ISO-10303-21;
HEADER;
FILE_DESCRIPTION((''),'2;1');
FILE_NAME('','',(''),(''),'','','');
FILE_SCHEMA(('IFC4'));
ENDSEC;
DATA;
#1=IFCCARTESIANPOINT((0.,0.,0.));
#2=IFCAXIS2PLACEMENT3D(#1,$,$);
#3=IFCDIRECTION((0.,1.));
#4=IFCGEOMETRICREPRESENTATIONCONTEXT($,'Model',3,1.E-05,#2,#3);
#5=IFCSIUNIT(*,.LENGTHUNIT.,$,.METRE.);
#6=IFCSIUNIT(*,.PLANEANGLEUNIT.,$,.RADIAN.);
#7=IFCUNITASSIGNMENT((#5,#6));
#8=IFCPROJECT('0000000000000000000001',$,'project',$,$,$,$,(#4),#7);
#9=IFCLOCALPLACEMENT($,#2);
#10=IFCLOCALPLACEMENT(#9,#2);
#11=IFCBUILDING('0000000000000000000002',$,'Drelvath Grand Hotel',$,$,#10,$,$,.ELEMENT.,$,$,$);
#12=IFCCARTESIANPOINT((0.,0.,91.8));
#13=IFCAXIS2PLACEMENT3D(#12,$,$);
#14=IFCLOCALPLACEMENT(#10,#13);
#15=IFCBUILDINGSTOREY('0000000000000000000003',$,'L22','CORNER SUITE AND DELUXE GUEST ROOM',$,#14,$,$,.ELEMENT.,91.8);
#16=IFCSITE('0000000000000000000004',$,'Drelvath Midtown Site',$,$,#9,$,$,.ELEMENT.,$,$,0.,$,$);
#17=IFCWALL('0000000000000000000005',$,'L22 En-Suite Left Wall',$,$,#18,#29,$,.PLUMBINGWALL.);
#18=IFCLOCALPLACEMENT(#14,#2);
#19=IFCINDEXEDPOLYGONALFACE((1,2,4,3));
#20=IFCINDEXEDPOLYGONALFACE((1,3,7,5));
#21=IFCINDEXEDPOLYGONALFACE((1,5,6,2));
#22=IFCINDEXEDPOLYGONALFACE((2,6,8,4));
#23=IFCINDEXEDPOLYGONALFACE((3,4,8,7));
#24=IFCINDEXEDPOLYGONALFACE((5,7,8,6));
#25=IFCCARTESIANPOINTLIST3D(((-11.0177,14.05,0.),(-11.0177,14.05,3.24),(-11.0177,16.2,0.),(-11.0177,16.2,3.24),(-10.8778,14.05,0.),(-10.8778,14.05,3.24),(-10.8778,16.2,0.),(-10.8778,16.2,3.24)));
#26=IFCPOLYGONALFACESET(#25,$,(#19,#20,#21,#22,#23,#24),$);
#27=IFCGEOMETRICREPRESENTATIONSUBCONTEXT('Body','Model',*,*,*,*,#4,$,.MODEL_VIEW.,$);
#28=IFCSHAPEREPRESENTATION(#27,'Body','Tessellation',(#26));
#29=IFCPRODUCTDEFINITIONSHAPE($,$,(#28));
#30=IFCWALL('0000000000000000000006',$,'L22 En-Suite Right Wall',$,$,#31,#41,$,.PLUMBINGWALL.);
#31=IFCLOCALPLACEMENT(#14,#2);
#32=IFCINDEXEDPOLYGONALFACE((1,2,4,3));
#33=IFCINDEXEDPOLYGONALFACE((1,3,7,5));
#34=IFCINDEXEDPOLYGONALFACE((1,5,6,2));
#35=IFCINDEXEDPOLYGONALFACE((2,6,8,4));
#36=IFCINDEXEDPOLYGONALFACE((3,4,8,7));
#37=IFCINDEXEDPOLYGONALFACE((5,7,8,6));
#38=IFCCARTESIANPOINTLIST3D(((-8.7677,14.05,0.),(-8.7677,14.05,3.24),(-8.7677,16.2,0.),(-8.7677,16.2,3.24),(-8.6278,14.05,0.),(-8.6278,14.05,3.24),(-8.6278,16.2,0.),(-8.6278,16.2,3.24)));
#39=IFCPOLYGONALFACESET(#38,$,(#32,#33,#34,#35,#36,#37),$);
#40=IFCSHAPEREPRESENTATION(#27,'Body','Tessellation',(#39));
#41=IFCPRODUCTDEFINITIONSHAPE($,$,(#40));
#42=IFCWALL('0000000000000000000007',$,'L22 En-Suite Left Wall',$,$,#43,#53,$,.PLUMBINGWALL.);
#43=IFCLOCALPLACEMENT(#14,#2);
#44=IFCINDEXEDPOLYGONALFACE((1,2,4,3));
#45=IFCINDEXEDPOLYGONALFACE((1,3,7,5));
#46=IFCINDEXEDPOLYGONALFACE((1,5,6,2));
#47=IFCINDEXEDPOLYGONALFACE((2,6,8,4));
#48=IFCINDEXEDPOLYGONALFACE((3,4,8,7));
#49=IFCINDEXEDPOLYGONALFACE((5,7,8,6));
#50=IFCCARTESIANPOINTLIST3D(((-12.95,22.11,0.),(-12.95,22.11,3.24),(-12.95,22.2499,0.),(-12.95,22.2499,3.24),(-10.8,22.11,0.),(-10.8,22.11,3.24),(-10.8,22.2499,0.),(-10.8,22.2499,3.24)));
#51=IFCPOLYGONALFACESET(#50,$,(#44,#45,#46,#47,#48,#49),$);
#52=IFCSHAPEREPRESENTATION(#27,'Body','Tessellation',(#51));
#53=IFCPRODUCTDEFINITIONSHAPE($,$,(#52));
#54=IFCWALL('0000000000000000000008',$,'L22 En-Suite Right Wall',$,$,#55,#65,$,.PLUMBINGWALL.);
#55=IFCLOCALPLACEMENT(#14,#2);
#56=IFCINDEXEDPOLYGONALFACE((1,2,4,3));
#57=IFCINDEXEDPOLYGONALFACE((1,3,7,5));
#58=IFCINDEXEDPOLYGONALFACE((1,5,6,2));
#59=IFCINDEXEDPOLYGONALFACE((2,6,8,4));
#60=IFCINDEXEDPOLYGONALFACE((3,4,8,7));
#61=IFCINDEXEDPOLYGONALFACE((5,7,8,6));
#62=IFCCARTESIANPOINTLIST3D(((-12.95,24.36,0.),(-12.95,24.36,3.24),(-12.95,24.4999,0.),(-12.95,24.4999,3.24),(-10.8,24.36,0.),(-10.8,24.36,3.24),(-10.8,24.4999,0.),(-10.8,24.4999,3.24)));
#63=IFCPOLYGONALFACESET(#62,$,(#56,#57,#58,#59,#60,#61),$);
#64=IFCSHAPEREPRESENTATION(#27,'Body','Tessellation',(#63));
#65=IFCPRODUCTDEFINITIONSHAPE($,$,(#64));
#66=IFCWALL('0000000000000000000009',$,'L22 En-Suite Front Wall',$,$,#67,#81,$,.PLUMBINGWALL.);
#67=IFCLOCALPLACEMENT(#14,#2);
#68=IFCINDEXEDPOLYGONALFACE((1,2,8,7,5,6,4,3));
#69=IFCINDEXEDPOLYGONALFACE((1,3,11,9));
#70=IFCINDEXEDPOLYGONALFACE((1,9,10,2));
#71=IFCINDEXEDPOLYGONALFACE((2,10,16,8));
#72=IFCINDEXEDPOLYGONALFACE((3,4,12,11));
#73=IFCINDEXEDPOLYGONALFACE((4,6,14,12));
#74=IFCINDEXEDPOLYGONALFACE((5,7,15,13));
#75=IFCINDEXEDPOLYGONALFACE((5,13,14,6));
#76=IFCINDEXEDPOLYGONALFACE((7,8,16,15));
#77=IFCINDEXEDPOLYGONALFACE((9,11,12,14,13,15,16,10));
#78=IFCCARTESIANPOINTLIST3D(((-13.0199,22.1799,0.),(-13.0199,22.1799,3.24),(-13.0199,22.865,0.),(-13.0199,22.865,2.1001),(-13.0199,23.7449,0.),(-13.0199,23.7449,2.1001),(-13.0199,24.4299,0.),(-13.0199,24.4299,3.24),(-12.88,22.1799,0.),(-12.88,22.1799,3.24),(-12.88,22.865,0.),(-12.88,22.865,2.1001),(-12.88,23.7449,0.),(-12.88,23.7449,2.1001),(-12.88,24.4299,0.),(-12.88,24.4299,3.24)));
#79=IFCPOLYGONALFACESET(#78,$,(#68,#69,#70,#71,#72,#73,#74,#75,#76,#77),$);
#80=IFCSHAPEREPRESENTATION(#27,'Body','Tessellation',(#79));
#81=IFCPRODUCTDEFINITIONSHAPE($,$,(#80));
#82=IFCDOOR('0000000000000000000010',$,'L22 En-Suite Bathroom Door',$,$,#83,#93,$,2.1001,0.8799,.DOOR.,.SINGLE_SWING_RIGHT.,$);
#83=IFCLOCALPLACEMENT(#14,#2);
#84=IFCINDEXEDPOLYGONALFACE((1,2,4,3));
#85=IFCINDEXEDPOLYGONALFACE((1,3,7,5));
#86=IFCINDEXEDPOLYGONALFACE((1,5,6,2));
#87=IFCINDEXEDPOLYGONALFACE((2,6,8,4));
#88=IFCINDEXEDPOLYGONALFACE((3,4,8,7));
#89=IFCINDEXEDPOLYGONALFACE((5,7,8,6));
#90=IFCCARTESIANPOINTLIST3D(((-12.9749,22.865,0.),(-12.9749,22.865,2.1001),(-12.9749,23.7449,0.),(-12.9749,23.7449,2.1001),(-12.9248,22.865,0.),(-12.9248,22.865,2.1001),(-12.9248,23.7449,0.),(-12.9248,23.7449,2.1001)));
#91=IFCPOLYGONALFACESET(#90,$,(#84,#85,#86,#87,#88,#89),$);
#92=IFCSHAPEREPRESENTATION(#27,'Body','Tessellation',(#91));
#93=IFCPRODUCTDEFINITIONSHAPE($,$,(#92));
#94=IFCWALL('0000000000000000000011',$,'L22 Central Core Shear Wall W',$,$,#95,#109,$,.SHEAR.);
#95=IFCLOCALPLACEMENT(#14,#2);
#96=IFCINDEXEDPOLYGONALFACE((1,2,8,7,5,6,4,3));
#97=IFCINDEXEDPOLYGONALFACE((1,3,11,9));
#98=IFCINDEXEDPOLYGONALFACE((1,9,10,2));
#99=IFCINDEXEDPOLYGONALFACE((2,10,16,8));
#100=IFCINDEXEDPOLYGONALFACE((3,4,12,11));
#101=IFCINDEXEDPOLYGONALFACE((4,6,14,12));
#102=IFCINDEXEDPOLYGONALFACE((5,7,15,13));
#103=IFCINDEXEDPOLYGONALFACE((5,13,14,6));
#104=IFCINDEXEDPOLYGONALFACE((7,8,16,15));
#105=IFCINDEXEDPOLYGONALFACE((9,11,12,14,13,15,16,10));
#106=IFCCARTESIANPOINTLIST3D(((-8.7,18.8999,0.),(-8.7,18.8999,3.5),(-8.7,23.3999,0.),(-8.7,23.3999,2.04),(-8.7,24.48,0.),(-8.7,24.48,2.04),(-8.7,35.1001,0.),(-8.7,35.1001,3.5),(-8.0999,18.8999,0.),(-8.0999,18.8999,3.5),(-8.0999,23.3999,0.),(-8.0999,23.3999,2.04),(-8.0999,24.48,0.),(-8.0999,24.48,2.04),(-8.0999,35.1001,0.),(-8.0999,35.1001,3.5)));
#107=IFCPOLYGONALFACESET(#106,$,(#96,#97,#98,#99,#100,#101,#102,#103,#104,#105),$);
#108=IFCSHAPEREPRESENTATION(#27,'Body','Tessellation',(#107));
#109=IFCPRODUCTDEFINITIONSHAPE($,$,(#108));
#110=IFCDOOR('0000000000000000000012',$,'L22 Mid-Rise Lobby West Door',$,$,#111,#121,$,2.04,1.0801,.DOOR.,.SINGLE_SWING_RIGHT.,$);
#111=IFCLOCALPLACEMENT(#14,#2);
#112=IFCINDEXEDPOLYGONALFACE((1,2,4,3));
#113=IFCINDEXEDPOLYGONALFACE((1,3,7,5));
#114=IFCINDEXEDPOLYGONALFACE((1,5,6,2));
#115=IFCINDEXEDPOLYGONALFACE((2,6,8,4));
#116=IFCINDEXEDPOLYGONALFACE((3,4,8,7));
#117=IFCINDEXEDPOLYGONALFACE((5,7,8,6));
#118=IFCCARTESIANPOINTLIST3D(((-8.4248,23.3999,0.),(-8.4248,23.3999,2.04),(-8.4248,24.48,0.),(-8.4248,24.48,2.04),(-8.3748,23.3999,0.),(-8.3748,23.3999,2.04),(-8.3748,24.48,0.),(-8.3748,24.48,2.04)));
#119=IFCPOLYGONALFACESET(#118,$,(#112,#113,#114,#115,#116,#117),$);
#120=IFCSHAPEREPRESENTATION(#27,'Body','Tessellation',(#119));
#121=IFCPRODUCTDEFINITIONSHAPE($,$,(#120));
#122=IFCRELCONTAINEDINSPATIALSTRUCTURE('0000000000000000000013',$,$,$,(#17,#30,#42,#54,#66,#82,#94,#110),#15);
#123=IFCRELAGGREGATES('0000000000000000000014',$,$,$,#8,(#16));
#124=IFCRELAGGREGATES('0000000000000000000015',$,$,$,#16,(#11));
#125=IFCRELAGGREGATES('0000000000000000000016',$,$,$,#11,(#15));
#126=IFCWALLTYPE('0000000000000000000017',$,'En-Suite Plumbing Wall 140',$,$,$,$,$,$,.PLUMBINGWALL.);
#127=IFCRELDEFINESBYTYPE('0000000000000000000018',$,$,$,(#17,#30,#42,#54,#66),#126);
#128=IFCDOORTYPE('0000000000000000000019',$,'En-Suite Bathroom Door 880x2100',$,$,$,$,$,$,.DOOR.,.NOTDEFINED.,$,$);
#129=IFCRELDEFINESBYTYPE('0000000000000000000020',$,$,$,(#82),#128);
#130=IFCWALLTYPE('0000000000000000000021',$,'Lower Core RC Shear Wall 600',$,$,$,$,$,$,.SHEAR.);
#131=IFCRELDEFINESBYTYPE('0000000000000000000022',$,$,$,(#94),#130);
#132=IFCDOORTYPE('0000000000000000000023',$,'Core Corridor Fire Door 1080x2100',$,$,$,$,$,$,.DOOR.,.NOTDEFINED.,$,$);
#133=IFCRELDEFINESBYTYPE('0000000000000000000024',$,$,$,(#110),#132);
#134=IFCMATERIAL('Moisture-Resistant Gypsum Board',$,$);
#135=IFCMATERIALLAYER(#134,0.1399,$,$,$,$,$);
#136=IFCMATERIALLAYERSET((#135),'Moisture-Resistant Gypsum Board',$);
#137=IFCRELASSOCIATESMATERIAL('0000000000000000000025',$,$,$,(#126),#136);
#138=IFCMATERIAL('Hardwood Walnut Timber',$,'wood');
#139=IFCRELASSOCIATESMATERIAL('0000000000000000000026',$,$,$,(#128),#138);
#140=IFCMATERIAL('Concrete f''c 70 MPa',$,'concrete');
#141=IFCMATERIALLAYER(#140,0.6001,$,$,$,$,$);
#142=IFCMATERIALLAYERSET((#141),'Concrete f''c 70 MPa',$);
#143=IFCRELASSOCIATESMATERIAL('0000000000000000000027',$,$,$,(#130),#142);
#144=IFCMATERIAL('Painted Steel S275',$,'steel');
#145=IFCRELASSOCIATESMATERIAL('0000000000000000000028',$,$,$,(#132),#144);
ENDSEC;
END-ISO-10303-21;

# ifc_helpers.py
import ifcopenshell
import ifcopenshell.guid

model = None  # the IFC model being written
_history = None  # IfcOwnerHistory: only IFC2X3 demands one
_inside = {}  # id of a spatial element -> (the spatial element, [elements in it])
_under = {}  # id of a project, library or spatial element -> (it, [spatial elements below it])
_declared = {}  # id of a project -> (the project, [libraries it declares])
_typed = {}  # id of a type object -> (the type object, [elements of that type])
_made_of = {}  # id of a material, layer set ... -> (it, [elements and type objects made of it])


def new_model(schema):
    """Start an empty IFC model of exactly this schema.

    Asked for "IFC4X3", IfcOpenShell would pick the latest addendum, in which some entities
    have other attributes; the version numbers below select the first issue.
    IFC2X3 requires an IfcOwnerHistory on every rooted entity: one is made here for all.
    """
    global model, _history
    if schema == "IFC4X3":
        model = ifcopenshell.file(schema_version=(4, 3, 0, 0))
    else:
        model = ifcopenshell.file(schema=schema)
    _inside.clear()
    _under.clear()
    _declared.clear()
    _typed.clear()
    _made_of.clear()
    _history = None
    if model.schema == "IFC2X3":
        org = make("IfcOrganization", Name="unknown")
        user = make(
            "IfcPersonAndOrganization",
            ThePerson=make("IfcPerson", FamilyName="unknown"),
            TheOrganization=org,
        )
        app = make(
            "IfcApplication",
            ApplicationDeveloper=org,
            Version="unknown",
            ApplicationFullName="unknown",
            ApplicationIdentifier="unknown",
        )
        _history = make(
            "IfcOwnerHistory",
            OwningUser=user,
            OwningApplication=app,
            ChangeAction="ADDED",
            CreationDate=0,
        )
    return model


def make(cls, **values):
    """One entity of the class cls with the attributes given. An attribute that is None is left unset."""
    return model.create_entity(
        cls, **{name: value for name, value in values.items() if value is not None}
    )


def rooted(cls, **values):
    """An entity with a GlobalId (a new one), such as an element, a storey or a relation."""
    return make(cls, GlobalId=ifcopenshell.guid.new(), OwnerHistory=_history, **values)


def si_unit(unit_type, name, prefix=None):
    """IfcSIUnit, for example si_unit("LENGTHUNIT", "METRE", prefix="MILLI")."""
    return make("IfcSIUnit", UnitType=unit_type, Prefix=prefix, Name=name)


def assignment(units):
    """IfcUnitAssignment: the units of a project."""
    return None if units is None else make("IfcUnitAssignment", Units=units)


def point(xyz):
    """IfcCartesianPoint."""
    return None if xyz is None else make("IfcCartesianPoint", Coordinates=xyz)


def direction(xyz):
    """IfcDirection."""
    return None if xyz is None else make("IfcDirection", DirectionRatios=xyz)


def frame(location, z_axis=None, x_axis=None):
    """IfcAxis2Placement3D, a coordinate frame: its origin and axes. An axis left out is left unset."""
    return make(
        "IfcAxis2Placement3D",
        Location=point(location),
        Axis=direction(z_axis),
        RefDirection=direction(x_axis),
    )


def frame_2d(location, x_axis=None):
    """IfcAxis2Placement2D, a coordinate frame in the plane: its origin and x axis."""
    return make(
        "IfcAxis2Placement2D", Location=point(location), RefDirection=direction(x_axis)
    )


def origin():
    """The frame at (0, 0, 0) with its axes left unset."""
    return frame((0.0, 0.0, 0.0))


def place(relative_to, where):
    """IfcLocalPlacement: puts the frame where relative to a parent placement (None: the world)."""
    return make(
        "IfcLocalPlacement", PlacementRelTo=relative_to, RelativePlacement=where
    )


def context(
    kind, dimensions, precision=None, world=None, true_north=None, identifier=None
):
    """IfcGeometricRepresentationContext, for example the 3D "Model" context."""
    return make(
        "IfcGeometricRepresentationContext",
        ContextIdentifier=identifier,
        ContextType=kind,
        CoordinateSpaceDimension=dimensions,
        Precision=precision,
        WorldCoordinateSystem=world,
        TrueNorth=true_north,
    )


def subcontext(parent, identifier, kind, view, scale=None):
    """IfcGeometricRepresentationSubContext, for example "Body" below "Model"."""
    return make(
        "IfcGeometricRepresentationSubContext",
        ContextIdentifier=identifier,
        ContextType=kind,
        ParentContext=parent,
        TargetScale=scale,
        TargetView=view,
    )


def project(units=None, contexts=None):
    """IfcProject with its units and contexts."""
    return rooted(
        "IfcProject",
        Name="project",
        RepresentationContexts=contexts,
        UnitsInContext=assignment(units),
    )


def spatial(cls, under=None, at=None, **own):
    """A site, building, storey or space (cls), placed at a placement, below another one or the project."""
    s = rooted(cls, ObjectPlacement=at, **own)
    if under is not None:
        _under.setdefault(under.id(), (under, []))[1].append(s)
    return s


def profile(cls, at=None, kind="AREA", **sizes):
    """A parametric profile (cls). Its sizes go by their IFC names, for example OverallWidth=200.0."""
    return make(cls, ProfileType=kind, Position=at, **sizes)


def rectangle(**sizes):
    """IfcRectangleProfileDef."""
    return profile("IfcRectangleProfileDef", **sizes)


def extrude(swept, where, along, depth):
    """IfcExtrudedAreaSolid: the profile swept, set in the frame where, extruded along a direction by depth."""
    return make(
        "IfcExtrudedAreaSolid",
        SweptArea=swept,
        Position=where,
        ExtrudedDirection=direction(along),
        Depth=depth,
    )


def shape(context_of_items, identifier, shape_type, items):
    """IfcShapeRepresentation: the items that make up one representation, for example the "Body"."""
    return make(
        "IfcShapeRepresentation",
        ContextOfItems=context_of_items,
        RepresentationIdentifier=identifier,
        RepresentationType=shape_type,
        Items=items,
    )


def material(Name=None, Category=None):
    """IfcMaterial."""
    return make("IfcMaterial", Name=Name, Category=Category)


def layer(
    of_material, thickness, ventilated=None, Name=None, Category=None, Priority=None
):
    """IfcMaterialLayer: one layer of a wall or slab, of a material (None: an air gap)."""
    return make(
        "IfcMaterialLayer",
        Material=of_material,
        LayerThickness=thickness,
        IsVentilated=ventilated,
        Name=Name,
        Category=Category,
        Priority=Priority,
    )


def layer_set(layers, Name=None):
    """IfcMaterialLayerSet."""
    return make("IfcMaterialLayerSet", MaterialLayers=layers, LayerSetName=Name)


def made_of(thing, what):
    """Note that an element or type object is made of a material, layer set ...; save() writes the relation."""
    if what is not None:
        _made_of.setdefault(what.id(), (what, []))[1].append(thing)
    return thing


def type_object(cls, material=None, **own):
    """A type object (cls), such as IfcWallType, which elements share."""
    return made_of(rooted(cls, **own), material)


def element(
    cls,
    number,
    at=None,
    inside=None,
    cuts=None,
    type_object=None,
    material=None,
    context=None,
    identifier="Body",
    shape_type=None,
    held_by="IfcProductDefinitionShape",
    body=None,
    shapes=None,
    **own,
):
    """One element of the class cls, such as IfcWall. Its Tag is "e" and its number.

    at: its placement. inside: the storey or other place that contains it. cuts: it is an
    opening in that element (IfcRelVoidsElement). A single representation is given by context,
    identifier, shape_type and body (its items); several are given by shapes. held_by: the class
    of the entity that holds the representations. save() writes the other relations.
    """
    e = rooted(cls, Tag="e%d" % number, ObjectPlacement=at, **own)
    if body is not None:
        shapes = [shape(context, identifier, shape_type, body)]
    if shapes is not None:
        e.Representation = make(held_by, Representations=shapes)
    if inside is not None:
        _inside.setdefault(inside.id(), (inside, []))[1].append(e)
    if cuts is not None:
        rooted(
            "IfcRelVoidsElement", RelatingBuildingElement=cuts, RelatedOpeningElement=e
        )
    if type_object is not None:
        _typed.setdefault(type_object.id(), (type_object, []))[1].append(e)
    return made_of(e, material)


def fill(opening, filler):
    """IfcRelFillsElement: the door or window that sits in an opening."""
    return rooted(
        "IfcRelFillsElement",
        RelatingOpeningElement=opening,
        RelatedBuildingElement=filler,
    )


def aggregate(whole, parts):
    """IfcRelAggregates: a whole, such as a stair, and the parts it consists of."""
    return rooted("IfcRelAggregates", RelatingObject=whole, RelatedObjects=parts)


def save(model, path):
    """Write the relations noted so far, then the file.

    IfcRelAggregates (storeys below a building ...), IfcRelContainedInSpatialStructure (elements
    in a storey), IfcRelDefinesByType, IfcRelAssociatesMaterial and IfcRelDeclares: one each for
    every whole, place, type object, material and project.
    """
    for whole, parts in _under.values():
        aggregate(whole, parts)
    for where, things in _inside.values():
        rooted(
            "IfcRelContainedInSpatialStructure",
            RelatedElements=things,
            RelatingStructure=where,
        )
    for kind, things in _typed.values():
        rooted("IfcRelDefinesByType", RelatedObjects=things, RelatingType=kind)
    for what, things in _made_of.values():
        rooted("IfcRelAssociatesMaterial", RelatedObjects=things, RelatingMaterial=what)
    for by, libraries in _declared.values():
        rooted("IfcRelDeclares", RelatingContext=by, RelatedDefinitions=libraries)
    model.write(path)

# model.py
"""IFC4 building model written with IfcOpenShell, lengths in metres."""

from ifc_helpers import new_model, si_unit, direction, frame, frame_2d, origin, place, context, subcontext, project, spatial, rectangle, extrude, material, layer, layer_set, type_object, element, fill, save


model = new_model("IFC4")

# Units and contexts
model_context = context("Model", 3, precision=1e-05, world=origin(), true_north=direction((0.0, 1.0)))
body_context = subcontext(model_context, "Body", "Model", "MODEL_VIEW")
ifc_project = project(units=[si_unit("LENGTHUNIT", "METRE"), si_unit("PLANEANGLEUNIT", "RADIAN")], contexts=[model_context])

# Site, building, storey
site_placement = place(None, origin())
site = spatial("IfcSite", under=ifc_project, at=site_placement, Name="Drelvath Midtown Site", CompositionType="ELEMENT", RefElevation=0.0)
building_placement = place(site_placement, origin())
building = spatial("IfcBuilding", under=site, at=building_placement, Name="Drelvath Grand Hotel", CompositionType="ELEMENT")
storey_placement = place(building_placement, frame((0.0, 0.0, 91.8)))
storey = spatial("IfcBuildingStorey", under=building, at=storey_placement, Name="L22", Description="CORNER SUITE AND DELUXE GUEST ROOM", CompositionType="ELEMENT", Elevation=91.8)

# Shared definitions
ifc_material_1 = material(Name="Concrete f'c 70 MPa", Category="concrete")

# Shared definitions
ifc_material_2 = material(Name="Painted Steel S275", Category="steel")

# Shared definitions
ifc_material_3 = material(Name="Hardwood Walnut Timber", Category="wood")

# Walls
ifc_material_4 = material(Name="Moisture-Resistant Gypsum Board")
ifc_layer_1 = layer(ifc_material_4, 0.1399)
ifc_layer_set_1 = layer_set([ifc_layer_1], Name="Moisture-Resistant Gypsum Board")
wall_type_1 = type_object("IfcWallType", Name="En-Suite Plumbing Wall 140", PredefinedType="PLUMBINGWALL", material=ifc_layer_set_1)
for number, where, z_axis, x_axis, name in (
    (1, (-10.9478, 16.2, 0.0), (0.0, 0.0, 1.0), (0.0, -1.0, 0.0), "L22 En-Suite Left Wall"),
    (2, (-8.6978, 16.2, 0.0), (0.0, 0.0, 1.0), (0.0, -1.0, 0.0), "L22 En-Suite Right Wall"),
    (3, (-10.8, 22.1799, 0.0), (0.0, 0.0, 1.0), (-1.0, 0.0, 0.0), "L22 En-Suite Left Wall"),
    (4, (-10.8, 24.4299, 0.0), (0.0, 0.0, 1.0), (-1.0, 0.0, 0.0), "L22 En-Suite Right Wall"),
):
    element("IfcWall", number, at=place(storey_placement, frame(where, z_axis=z_axis, x_axis=x_axis)), inside=storey, type_object=wall_type_1, Name=name, PredefinedType="PLUMBINGWALL", context=body_context, shape_type="SweptSolid", body=[
        extrude(rectangle(XDim=2.1499, YDim=0.1399, at=frame_2d((1.075, 0.0))), origin(), (0.0, 0.0, 1.0), 3.24),
    ])

# Walls, openings, doors
wall_1_placement = place(storey_placement, frame((-12.95, 22.1799, 0.0), z_axis=(0.0, 0.0, 1.0), x_axis=(0.0, 1.0, 0.0)))
wall_1 = element("IfcWall", 5, at=wall_1_placement, inside=storey, type_object=wall_type_1, Name="L22 En-Suite Front Wall", PredefinedType="PLUMBINGWALL", context=body_context, shape_type="SweptSolid", body=[
    extrude(rectangle(XDim=2.25, YDim=0.1399, at=frame_2d((1.125, 0.0))), origin(), (0.0, 0.0, 1.0), 3.24),
])
opening_1_placement = place(wall_1_placement, frame((0.6851, 0.0, 0.0)))
opening_1 = element("IfcOpeningElement", 6, at=opening_1_placement, cuts=wall_1, PredefinedType="OPENING", context=body_context, shape_type="SweptSolid", body=[
    extrude(rectangle(XDim=0.8799, YDim=2.1001, at=frame_2d((0.4399, 1.05))), frame((0.0, 0.0798, 0.0), z_axis=(0.0, -1.0, 0.0), x_axis=(1.0, 0.0, 0.0)), (0.0, 0.0, 1.0), 0.1599),
])
door_type_1 = type_object("IfcDoorType", Name="En-Suite Bathroom Door 880x2100", OperationType="NOTDEFINED", PredefinedType="DOOR", material=ifc_material_3)
door_1_placement = place(opening_1_placement, origin())
door_1 = element("IfcDoor", 7, at=door_1_placement, inside=storey, type_object=door_type_1, Name="L22 En-Suite Bathroom Door", OperationType="SINGLE_SWING_RIGHT", OverallHeight=2.1001, OverallWidth=0.8799, PredefinedType="DOOR", context=body_context, shape_type="SweptSolid", body=[
    extrude(rectangle(XDim=0.8799, YDim=2.1001, at=frame_2d((0.4399, 1.05))), frame((0.0, 0.0249, 0.0), z_axis=(0.0, -1.0, 0.0), x_axis=(1.0, 0.0, 0.0)), (0.0, 0.0, 1.0), 0.05),
])
fill(opening_1, door_1)
ifc_layer_2 = layer(ifc_material_1, 0.6001)
ifc_layer_set_2 = layer_set([ifc_layer_2], Name="Concrete f'c 70 MPa")
wall_type_2 = type_object("IfcWallType", Name="Lower Core RC Shear Wall 600", PredefinedType="SHEAR", material=ifc_layer_set_2)
wall_2_placement = place(storey_placement, frame((-8.3999, 18.8999, 0.0), z_axis=(0.0, 0.0, 1.0), x_axis=(0.0, 1.0, 0.0)))
wall_2 = element("IfcWall", 8, at=wall_2_placement, inside=storey, type_object=wall_type_2, Name="L22 Central Core Shear Wall W", PredefinedType="SHEAR", context=body_context, shape_type="SweptSolid", body=[
    extrude(rectangle(XDim=16.2002, YDim=0.6001, at=frame_2d((8.1001, 0.0))), origin(), (0.0, 0.0, 1.0), 3.5),
])
opening_2_placement = place(wall_2_placement, frame((4.5, 0.0, 0.0)))
opening_2 = element("IfcOpeningElement", 9, at=opening_2_placement, cuts=wall_2, PredefinedType="OPENING", context=body_context, shape_type="SweptSolid", body=[
    extrude(rectangle(XDim=1.0801, YDim=2.04, at=frame_2d((0.54, 1.02))), frame((0.0, 0.3101, 0.0), z_axis=(0.0, -1.0, 0.0), x_axis=(1.0, 0.0, 0.0)), (0.0, 0.0, 1.0), 0.6201),
])
door_type_2 = type_object("IfcDoorType", Name="Core Corridor Fire Door 1080x2100", OperationType="NOTDEFINED", PredefinedType="DOOR", material=ifc_material_2)
door_2_placement = place(opening_2_placement, origin())
door_2 = element("IfcDoor", 10, at=door_2_placement, inside=storey, type_object=door_type_2, Name="L22 Mid-Rise Lobby West Door", OperationType="SINGLE_SWING_RIGHT", OverallHeight=2.04, OverallWidth=1.0801, PredefinedType="DOOR", context=body_context, shape_type="SweptSolid", body=[
    extrude(rectangle(XDim=1.0801, YDim=2.04, at=frame_2d((0.54, 1.02))), frame((0.0, 0.0249, 0.0), z_axis=(0.0, -1.0, 0.0), x_axis=(1.0, 0.0, 0.0)), (0.0, 0.0, 1.0), 0.05),
])
fill(opening_2, door_2)

save(model, "model.ifc")
